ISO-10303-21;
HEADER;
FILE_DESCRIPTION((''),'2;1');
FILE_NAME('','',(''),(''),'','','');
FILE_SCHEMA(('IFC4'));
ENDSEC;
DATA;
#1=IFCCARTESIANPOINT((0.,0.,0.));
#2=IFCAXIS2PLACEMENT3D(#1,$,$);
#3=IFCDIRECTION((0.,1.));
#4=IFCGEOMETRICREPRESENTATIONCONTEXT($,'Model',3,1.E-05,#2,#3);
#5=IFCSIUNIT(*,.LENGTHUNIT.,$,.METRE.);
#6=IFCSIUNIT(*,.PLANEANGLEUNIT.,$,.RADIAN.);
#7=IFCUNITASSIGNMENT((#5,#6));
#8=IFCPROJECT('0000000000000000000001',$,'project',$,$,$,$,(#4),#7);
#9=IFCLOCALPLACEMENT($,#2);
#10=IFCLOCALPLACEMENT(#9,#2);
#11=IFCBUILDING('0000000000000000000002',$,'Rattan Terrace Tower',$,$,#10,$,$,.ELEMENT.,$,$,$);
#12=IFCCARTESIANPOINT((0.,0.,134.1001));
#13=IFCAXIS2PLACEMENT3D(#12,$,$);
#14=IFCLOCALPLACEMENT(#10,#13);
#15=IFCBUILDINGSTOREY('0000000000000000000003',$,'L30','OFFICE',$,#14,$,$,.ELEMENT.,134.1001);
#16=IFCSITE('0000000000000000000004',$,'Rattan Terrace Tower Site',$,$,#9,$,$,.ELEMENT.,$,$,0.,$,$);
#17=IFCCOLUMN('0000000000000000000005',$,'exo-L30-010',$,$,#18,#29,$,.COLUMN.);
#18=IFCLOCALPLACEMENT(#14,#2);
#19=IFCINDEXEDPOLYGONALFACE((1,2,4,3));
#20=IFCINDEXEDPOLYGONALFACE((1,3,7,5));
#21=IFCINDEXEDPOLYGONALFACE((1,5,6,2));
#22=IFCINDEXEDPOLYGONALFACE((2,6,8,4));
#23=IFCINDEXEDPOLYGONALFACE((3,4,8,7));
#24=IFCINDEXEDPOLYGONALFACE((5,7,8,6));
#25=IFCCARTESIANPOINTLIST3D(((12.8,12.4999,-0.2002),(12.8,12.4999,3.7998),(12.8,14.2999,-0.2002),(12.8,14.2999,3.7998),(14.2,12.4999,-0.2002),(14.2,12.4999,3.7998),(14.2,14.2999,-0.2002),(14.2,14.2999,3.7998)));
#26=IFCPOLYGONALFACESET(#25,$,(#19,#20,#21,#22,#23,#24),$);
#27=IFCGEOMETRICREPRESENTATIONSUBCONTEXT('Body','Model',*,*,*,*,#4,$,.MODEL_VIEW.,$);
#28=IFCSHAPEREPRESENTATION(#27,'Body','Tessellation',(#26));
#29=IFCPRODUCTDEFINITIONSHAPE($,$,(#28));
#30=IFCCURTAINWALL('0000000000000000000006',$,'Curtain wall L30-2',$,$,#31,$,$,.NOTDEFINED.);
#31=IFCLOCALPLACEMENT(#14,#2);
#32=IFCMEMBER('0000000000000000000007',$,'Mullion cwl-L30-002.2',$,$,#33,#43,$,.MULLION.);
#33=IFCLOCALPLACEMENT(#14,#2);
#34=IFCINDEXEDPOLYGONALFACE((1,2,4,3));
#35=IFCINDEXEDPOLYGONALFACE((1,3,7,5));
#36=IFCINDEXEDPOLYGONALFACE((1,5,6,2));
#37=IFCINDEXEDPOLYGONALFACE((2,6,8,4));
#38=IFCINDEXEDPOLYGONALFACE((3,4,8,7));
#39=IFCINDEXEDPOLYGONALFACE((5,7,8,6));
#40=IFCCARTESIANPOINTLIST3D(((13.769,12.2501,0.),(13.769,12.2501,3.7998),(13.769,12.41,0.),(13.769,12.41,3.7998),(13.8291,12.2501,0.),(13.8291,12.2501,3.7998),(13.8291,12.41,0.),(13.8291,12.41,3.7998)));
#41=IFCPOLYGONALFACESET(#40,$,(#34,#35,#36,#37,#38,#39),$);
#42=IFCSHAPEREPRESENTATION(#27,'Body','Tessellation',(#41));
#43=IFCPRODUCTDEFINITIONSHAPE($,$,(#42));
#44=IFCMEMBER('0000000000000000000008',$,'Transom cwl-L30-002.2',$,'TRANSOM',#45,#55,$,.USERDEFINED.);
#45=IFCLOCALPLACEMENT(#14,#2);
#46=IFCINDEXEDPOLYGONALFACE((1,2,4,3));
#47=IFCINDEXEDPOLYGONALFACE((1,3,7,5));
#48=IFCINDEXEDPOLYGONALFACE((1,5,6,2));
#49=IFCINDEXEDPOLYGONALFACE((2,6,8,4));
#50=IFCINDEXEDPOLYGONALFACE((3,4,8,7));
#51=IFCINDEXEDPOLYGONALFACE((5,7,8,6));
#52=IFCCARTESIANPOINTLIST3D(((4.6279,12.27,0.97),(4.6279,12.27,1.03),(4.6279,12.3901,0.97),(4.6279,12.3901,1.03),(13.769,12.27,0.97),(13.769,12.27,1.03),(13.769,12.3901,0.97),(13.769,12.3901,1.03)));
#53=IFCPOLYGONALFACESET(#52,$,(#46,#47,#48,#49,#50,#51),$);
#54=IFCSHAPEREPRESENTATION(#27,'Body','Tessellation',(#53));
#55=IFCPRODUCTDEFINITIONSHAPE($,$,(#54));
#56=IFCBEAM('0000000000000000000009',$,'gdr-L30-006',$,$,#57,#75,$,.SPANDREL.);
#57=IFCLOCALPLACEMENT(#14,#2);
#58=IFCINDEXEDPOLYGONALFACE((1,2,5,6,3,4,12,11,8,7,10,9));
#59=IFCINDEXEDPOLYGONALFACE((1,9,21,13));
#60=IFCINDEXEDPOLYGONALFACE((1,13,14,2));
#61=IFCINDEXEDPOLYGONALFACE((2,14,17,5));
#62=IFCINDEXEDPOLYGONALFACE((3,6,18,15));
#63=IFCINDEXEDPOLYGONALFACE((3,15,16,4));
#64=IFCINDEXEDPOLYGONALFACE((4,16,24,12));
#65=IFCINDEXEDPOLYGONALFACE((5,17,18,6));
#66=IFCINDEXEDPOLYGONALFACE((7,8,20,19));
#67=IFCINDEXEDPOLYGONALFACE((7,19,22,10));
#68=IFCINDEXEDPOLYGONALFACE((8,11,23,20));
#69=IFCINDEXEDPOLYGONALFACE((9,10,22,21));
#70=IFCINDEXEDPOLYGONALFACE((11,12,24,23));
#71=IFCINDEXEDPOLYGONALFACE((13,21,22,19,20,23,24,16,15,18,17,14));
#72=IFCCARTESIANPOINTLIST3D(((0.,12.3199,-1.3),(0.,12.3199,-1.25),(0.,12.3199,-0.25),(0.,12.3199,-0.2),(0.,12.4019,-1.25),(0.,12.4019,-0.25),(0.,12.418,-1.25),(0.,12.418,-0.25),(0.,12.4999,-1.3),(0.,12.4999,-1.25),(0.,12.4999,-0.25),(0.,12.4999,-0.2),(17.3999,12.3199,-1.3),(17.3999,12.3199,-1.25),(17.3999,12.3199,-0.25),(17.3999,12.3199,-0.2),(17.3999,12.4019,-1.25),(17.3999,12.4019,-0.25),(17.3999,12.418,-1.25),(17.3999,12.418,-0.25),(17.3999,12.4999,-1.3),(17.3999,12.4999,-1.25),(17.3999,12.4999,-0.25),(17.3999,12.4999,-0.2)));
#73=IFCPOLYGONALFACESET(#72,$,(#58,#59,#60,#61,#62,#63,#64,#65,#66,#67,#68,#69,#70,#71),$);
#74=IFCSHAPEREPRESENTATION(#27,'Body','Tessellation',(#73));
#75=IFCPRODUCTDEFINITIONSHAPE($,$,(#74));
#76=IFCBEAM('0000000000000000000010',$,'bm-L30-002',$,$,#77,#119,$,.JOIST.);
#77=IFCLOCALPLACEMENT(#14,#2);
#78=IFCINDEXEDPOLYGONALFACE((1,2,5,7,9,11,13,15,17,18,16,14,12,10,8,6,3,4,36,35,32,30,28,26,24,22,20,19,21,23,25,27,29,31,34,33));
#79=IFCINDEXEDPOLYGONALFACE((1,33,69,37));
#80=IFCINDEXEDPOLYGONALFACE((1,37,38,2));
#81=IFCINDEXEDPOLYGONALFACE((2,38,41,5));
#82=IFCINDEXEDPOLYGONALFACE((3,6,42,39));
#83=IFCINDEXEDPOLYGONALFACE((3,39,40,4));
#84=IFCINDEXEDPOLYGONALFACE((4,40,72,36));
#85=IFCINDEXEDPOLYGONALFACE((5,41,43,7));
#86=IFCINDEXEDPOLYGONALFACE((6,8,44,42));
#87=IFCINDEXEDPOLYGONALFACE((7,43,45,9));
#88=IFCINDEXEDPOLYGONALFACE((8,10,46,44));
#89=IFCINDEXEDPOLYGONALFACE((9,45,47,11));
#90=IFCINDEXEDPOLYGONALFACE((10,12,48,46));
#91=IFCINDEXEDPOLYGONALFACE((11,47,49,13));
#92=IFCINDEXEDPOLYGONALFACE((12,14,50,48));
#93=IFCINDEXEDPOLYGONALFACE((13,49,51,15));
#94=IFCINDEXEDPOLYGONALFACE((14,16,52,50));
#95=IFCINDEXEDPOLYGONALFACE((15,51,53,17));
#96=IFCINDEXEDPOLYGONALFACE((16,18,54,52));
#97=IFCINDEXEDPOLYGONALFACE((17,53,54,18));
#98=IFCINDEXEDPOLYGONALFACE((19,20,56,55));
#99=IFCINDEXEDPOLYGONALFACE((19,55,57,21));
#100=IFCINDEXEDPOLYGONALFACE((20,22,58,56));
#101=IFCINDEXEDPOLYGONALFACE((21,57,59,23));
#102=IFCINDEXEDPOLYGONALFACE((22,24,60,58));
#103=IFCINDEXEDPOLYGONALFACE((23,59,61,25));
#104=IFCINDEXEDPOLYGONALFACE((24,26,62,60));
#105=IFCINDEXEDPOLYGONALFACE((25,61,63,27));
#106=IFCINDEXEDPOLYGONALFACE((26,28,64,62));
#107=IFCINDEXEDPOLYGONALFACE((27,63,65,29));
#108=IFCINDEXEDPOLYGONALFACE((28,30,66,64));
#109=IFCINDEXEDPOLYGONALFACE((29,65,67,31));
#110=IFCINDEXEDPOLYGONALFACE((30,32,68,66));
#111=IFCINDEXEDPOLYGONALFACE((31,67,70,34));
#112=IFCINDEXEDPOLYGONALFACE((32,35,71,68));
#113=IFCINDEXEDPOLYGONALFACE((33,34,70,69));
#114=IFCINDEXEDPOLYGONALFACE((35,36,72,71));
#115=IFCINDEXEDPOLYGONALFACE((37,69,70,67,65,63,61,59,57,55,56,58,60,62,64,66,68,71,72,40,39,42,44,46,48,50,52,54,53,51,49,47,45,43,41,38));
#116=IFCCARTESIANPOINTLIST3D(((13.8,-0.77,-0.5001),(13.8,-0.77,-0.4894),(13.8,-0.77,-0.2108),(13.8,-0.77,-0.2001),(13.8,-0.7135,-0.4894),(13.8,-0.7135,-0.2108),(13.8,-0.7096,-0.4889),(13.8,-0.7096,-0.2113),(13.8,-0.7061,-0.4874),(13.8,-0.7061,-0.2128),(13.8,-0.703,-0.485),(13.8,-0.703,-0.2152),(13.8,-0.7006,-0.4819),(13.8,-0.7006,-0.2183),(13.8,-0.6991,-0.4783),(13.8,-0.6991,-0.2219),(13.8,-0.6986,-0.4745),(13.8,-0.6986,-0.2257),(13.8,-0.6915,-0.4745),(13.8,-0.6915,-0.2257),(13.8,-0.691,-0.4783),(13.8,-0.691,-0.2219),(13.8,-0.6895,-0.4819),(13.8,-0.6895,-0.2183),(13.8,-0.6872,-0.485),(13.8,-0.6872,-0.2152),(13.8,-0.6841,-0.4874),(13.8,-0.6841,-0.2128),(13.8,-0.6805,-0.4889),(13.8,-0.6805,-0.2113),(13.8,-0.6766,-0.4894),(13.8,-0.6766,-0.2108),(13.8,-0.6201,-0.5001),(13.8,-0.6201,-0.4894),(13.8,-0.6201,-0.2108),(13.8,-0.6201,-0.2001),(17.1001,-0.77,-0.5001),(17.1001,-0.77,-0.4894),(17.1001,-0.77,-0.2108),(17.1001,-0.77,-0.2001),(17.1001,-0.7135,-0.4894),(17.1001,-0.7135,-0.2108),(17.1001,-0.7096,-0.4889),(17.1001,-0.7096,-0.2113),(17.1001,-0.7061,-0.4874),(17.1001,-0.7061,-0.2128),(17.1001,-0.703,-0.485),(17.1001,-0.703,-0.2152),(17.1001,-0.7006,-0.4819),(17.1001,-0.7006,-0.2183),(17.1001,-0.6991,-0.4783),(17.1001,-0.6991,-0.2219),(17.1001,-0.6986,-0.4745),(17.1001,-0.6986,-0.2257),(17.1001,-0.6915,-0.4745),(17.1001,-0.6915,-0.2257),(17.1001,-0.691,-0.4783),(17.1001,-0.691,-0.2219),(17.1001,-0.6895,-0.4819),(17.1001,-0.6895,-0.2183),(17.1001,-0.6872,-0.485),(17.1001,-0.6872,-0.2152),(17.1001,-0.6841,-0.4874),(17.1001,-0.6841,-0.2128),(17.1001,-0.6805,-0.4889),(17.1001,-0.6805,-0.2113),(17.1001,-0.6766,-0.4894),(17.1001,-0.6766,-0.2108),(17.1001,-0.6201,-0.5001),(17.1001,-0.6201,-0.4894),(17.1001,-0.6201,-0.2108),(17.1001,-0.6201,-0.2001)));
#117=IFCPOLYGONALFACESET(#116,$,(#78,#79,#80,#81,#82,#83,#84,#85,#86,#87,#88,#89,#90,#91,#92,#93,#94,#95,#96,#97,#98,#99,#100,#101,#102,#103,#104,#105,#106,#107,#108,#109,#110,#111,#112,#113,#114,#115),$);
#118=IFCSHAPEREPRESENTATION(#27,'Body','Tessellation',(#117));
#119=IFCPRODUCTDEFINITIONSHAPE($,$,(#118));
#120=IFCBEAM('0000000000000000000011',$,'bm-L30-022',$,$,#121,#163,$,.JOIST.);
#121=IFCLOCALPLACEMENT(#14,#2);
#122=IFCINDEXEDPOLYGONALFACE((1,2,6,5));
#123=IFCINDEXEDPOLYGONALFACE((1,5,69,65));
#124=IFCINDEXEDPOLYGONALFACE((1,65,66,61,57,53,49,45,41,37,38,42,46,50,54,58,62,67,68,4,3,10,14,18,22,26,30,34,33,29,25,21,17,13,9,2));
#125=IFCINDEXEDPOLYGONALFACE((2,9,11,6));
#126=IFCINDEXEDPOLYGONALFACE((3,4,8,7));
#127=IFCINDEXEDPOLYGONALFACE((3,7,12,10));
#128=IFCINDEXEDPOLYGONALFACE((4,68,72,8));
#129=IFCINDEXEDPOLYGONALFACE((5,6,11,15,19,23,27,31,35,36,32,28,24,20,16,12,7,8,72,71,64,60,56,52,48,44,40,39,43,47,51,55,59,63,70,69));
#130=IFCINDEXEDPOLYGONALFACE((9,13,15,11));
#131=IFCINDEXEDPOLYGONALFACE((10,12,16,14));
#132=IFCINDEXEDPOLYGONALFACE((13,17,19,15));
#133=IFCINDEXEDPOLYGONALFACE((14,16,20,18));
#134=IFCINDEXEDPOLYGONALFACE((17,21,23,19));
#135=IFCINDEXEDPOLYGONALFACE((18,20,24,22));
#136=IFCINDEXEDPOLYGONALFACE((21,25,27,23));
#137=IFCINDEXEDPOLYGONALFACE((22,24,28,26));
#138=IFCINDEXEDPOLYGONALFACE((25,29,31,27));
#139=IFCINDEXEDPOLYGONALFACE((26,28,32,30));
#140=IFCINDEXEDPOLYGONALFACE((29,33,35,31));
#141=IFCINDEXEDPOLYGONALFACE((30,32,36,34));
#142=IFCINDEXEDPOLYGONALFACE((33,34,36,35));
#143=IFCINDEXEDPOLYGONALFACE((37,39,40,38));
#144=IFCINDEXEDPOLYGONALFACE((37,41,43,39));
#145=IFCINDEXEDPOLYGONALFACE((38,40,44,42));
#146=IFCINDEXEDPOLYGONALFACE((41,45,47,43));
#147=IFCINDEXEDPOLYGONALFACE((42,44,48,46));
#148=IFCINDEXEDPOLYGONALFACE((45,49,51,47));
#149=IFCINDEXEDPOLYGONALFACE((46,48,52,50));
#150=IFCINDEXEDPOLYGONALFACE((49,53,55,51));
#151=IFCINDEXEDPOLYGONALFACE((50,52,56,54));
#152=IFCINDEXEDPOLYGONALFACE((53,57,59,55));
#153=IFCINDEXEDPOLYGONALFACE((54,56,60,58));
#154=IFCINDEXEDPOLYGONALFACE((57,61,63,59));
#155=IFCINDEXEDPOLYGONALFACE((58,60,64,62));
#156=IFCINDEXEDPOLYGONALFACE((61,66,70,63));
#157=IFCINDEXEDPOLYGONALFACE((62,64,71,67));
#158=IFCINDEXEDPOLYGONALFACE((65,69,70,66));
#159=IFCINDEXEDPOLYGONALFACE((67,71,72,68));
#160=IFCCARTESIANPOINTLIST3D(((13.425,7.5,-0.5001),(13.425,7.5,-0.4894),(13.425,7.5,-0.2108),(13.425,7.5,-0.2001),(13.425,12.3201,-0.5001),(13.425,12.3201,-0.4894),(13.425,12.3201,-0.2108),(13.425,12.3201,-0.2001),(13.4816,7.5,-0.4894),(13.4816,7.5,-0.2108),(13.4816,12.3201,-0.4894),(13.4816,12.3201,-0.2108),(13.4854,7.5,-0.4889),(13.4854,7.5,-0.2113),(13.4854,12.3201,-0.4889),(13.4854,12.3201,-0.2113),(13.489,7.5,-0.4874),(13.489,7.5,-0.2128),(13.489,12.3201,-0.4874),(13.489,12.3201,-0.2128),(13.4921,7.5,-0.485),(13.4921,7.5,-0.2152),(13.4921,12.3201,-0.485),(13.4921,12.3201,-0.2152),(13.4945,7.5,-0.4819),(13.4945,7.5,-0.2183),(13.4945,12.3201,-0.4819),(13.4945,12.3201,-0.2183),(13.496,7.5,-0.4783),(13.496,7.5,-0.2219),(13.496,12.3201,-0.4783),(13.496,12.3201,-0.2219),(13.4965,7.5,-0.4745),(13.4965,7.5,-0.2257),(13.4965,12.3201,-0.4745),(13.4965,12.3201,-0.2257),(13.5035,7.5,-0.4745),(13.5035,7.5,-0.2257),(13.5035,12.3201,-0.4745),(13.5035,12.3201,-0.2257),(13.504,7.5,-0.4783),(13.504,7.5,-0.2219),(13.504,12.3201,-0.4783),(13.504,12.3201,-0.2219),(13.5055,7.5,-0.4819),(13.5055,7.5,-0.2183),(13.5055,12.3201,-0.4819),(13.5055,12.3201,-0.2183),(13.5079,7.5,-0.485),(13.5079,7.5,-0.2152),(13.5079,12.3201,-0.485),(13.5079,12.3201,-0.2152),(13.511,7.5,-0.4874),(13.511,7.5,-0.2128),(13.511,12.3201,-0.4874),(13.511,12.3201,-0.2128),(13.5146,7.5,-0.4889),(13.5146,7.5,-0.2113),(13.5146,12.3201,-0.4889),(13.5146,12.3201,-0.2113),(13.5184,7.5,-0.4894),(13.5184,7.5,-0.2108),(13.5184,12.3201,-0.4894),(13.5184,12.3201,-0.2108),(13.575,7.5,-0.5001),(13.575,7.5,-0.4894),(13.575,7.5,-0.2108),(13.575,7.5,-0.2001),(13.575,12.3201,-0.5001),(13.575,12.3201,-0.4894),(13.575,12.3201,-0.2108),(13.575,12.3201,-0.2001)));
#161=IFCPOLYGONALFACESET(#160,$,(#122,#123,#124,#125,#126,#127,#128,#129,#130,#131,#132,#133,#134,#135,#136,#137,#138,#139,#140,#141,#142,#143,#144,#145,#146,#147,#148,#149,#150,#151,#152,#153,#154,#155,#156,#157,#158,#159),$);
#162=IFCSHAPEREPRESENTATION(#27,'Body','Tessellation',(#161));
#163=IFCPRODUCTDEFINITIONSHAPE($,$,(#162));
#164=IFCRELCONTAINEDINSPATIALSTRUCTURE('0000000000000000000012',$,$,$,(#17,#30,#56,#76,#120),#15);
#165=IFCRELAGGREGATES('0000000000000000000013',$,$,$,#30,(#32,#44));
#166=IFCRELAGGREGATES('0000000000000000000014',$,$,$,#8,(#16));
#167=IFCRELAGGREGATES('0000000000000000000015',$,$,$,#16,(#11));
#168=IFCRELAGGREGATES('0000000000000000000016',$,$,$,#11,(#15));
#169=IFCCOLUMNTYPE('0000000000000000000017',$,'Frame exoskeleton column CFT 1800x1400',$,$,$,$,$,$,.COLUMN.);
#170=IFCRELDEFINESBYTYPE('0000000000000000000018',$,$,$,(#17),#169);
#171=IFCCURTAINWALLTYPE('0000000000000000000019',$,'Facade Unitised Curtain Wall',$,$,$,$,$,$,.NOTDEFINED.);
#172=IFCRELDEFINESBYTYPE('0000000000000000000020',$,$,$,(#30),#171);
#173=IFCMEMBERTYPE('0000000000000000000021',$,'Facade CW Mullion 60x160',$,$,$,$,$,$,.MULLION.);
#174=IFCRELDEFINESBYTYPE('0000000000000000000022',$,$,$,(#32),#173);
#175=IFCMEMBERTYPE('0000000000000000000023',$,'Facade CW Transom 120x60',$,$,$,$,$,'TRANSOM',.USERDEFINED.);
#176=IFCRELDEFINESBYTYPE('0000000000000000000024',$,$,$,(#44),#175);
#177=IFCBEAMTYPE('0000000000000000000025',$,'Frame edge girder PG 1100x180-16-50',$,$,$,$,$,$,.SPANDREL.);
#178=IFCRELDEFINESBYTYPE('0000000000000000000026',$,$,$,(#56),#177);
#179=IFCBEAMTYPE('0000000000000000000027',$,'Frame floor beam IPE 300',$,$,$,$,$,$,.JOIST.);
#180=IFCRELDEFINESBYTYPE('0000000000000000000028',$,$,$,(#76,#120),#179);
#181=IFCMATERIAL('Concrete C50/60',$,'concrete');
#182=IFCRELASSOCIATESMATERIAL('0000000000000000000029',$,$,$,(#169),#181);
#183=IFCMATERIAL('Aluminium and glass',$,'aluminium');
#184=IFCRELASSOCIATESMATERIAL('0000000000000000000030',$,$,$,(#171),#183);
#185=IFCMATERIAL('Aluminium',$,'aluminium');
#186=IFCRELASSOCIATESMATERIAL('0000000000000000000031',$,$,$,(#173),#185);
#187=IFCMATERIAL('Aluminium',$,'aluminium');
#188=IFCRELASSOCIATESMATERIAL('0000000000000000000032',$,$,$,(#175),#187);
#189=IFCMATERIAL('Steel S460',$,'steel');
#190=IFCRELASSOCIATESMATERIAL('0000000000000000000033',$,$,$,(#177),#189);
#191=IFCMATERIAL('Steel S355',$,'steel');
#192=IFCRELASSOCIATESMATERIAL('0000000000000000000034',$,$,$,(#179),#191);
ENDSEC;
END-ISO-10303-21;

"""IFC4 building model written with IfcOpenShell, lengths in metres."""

from ifc_helpers import new_model, si_unit, direction, frame, origin, origin_2d, place, context, subcontext, project, spatial, rectangle, i_section, extrude, material, material_profile, profile_set, type_object, element, aggregate, save


model = new_model("IFC4")

# Units and contexts
model_context = context("Model", 3, precision=1e-05, world=origin(), true_north=direction((0.0, 1.0)))
body_context = subcontext(model_context, "Body", "Model", "MODEL_VIEW")
ifc_project = project(units=[si_unit("LENGTHUNIT", "METRE"), si_unit("PLANEANGLEUNIT", "RADIAN")], contexts=[model_context])

# Site, building, storey
site_placement = place(None, origin())
site = spatial("IfcSite", under=ifc_project, at=site_placement, Name="Rattan Terrace Tower Site", CompositionType="ELEMENT", RefElevation=0.0)
building_placement = place(site_placement, origin())
building = spatial("IfcBuilding", under=site, at=building_placement, Name="Rattan Terrace Tower", CompositionType="ELEMENT")
storey_placement = place(building_placement, frame((0.0, 0.0, 134.1001)))
storey = spatial("IfcBuildingStorey", under=building, at=storey_placement, Name="L30", Description="OFFICE", CompositionType="ELEMENT", Elevation=134.1001)

# Column
ifc_material_1 = material(Name="Concrete C50/60", Category="concrete")
ifc_material_profile_1 = material_profile(ifc_material_1, rectangle(XDim=1.3999, YDim=1.8, at=origin_2d()), Name="CFT 1800x1400")
ifc_profile_set_1 = profile_set([ifc_material_profile_1], Name="Concrete C50/60")
column_type = type_object("IfcColumnType", Name="Frame exoskeleton column CFT 1800x1400", PredefinedType="COLUMN", material=ifc_profile_set_1)
column_placement = place(storey_placement, frame((13.5, 13.3999, -0.2002), z_axis=(0.0, 0.0, 1.0), x_axis=(1.0, 0.0, 0.0)))
element("IfcColumn", 1, at=column_placement, inside=storey, type_object=column_type, Name="exo-L30-010", PredefinedType="COLUMN", context=body_context, shape_type="SweptSolid", body=[
    extrude(rectangle(XDim=1.3999, YDim=1.8, at=origin_2d()), origin(), (0.0, 0.0, 1.0), 4.0),
])

# Curtain wall, members
ifc_material_2 = material(Name="Aluminium and glass", Category="aluminium")
curtain_wall_type = type_object("IfcCurtainWallType", Name="Facade Unitised Curtain Wall", PredefinedType="NOTDEFINED", material=ifc_material_2)
curtain_wall_placement = place(storey_placement, origin())
curtain_wall = element("IfcCurtainWall", 2, at=curtain_wall_placement, inside=storey, type_object=curtain_wall_type, Name="Curtain wall L30-2", PredefinedType="NOTDEFINED")
ifc_material_3 = material(Name="Aluminium", Category="aluminium")
ifc_material_profile_2 = material_profile(ifc_material_3, rectangle(XDim=0.0601, YDim=0.1599, at=origin_2d()), Name="Aluminium 60x160")
ifc_profile_set_2 = profile_set([ifc_material_profile_2], Name="Aluminium")
member_type_1 = type_object("IfcMemberType", Name="Facade CW Mullion 60x160", PredefinedType="MULLION", material=ifc_profile_set_2)
member_1_placement = place(storey_placement, frame((13.7991, 12.3301, 0.0), z_axis=(0.0, 0.0, 1.0), x_axis=(-1.0, 0.0, 0.0)))
member_1 = element("IfcMember", 3, at=member_1_placement, type_object=member_type_1, Name="Mullion cwl-L30-002.2", PredefinedType="MULLION", context=body_context, shape_type="SweptSolid", body=[
    extrude(rectangle(XDim=0.0601, YDim=0.1599, at=origin_2d()), origin(), (0.0, 0.0, 1.0), 3.7998),
])
ifc_material_4 = material(Name="Aluminium", Category="aluminium")
ifc_material_profile_3 = material_profile(ifc_material_4, rectangle(XDim=0.1201, YDim=0.0601, at=origin_2d()), Name="Aluminium 120x60")
ifc_profile_set_3 = profile_set([ifc_material_profile_3], Name="Aluminium")
member_type_2 = type_object("IfcMemberType", Name="Facade CW Transom 120x60", ElementType="TRANSOM", PredefinedType="USERDEFINED", material=ifc_profile_set_3)
member_2_placement = place(storey_placement, frame((13.769, 12.3301, 1.0), z_axis=(-1.0, 0.0, 0.0), x_axis=(0.0, -1.0, 0.0)))
member_2 = element("IfcMember", 4, at=member_2_placement, type_object=member_type_2, Name="Transom cwl-L30-002.2", ObjectType="TRANSOM", PredefinedType="USERDEFINED", context=body_context, shape_type="SweptSolid", body=[
    extrude(rectangle(XDim=0.1201, YDim=0.0601, at=origin_2d()), origin(), (0.0, 0.0, 1.0), 9.1411),
])

# Beams
ifc_material_5 = material(Name="Steel S460", Category="steel")
ifc_material_profile_4 = material_profile(ifc_material_5, i_section(OverallWidth=0.1799, OverallDepth=1.1001, WebThickness=0.0161, FlangeThickness=0.05, at=origin_2d()), Name="PG 1100x180-16-50")
ifc_profile_set_4 = profile_set([ifc_material_profile_4], Name="Steel S460")
beam_type_1 = type_object("IfcBeamType", Name="Frame edge girder PG 1100x180-16-50", PredefinedType="SPANDREL", material=ifc_profile_set_4)
beam_1_placement = place(storey_placement, frame((17.3999, 12.4099, -0.75), z_axis=(-1.0, 0.0, 0.0), x_axis=(0.0, -1.0, 0.0)))
element("IfcBeam", 5, at=beam_1_placement, inside=storey, type_object=beam_type_1, Name="gdr-L30-006", PredefinedType="SPANDREL", context=body_context, shape_type="SweptSolid", body=[
    extrude(i_section(OverallWidth=0.1799, OverallDepth=1.1001, WebThickness=0.0161, FlangeThickness=0.05, at=origin_2d()), origin(), (0.0, 0.0, 1.0), 17.3999),
])
ifc_material_6 = material(Name="Steel S355", Category="steel")
ifc_material_profile_5 = material_profile(ifc_material_6, i_section(OverallWidth=0.1499, OverallDepth=0.3, WebThickness=0.0071, FlangeThickness=0.0107, FilletRadius=0.0149, at=origin_2d()), Name="IPE 300")
ifc_profile_set_5 = profile_set([ifc_material_profile_5], Name="Steel S355")
beam_type_2 = type_object("IfcBeamType", Name="Frame floor beam IPE 300", PredefinedType="JOIST", material=ifc_profile_set_5)
beam_2_placement = place(storey_placement, frame((13.8, -0.6951, -0.3501), z_axis=(1.0, 0.0, 0.0), x_axis=(0.0, 1.0, 0.0)))
element("IfcBeam", 6, at=beam_2_placement, inside=storey, type_object=beam_type_2, Name="bm-L30-002", PredefinedType="JOIST", context=body_context, shape_type="SweptSolid", body=[
    extrude(i_section(OverallWidth=0.1499, OverallDepth=0.3, WebThickness=0.0071, FlangeThickness=0.0107, FilletRadius=0.0149, at=origin_2d()), origin(), (0.0, 0.0, 1.0), 3.3),
])
beam_3_placement = place(storey_placement, frame((13.5, 7.5, -0.3501), z_axis=(0.0, 1.0, 0.0), x_axis=(-1.0, 0.0, 0.0)))
element("IfcBeam", 7, at=beam_3_placement, inside=storey, type_object=beam_type_2, Name="bm-L30-022", PredefinedType="JOIST", context=body_context, shape_type="SweptSolid", body=[
    extrude(i_section(OverallWidth=0.1499, OverallDepth=0.3, WebThickness=0.0071, FlangeThickness=0.0107, FilletRadius=0.0149, at=origin_2d()), origin(), (0.0, 0.0, 1.0), 4.8201),
])

aggregate(curtain_wall, [member_1, member_2])

save(model, "model.ifc")
